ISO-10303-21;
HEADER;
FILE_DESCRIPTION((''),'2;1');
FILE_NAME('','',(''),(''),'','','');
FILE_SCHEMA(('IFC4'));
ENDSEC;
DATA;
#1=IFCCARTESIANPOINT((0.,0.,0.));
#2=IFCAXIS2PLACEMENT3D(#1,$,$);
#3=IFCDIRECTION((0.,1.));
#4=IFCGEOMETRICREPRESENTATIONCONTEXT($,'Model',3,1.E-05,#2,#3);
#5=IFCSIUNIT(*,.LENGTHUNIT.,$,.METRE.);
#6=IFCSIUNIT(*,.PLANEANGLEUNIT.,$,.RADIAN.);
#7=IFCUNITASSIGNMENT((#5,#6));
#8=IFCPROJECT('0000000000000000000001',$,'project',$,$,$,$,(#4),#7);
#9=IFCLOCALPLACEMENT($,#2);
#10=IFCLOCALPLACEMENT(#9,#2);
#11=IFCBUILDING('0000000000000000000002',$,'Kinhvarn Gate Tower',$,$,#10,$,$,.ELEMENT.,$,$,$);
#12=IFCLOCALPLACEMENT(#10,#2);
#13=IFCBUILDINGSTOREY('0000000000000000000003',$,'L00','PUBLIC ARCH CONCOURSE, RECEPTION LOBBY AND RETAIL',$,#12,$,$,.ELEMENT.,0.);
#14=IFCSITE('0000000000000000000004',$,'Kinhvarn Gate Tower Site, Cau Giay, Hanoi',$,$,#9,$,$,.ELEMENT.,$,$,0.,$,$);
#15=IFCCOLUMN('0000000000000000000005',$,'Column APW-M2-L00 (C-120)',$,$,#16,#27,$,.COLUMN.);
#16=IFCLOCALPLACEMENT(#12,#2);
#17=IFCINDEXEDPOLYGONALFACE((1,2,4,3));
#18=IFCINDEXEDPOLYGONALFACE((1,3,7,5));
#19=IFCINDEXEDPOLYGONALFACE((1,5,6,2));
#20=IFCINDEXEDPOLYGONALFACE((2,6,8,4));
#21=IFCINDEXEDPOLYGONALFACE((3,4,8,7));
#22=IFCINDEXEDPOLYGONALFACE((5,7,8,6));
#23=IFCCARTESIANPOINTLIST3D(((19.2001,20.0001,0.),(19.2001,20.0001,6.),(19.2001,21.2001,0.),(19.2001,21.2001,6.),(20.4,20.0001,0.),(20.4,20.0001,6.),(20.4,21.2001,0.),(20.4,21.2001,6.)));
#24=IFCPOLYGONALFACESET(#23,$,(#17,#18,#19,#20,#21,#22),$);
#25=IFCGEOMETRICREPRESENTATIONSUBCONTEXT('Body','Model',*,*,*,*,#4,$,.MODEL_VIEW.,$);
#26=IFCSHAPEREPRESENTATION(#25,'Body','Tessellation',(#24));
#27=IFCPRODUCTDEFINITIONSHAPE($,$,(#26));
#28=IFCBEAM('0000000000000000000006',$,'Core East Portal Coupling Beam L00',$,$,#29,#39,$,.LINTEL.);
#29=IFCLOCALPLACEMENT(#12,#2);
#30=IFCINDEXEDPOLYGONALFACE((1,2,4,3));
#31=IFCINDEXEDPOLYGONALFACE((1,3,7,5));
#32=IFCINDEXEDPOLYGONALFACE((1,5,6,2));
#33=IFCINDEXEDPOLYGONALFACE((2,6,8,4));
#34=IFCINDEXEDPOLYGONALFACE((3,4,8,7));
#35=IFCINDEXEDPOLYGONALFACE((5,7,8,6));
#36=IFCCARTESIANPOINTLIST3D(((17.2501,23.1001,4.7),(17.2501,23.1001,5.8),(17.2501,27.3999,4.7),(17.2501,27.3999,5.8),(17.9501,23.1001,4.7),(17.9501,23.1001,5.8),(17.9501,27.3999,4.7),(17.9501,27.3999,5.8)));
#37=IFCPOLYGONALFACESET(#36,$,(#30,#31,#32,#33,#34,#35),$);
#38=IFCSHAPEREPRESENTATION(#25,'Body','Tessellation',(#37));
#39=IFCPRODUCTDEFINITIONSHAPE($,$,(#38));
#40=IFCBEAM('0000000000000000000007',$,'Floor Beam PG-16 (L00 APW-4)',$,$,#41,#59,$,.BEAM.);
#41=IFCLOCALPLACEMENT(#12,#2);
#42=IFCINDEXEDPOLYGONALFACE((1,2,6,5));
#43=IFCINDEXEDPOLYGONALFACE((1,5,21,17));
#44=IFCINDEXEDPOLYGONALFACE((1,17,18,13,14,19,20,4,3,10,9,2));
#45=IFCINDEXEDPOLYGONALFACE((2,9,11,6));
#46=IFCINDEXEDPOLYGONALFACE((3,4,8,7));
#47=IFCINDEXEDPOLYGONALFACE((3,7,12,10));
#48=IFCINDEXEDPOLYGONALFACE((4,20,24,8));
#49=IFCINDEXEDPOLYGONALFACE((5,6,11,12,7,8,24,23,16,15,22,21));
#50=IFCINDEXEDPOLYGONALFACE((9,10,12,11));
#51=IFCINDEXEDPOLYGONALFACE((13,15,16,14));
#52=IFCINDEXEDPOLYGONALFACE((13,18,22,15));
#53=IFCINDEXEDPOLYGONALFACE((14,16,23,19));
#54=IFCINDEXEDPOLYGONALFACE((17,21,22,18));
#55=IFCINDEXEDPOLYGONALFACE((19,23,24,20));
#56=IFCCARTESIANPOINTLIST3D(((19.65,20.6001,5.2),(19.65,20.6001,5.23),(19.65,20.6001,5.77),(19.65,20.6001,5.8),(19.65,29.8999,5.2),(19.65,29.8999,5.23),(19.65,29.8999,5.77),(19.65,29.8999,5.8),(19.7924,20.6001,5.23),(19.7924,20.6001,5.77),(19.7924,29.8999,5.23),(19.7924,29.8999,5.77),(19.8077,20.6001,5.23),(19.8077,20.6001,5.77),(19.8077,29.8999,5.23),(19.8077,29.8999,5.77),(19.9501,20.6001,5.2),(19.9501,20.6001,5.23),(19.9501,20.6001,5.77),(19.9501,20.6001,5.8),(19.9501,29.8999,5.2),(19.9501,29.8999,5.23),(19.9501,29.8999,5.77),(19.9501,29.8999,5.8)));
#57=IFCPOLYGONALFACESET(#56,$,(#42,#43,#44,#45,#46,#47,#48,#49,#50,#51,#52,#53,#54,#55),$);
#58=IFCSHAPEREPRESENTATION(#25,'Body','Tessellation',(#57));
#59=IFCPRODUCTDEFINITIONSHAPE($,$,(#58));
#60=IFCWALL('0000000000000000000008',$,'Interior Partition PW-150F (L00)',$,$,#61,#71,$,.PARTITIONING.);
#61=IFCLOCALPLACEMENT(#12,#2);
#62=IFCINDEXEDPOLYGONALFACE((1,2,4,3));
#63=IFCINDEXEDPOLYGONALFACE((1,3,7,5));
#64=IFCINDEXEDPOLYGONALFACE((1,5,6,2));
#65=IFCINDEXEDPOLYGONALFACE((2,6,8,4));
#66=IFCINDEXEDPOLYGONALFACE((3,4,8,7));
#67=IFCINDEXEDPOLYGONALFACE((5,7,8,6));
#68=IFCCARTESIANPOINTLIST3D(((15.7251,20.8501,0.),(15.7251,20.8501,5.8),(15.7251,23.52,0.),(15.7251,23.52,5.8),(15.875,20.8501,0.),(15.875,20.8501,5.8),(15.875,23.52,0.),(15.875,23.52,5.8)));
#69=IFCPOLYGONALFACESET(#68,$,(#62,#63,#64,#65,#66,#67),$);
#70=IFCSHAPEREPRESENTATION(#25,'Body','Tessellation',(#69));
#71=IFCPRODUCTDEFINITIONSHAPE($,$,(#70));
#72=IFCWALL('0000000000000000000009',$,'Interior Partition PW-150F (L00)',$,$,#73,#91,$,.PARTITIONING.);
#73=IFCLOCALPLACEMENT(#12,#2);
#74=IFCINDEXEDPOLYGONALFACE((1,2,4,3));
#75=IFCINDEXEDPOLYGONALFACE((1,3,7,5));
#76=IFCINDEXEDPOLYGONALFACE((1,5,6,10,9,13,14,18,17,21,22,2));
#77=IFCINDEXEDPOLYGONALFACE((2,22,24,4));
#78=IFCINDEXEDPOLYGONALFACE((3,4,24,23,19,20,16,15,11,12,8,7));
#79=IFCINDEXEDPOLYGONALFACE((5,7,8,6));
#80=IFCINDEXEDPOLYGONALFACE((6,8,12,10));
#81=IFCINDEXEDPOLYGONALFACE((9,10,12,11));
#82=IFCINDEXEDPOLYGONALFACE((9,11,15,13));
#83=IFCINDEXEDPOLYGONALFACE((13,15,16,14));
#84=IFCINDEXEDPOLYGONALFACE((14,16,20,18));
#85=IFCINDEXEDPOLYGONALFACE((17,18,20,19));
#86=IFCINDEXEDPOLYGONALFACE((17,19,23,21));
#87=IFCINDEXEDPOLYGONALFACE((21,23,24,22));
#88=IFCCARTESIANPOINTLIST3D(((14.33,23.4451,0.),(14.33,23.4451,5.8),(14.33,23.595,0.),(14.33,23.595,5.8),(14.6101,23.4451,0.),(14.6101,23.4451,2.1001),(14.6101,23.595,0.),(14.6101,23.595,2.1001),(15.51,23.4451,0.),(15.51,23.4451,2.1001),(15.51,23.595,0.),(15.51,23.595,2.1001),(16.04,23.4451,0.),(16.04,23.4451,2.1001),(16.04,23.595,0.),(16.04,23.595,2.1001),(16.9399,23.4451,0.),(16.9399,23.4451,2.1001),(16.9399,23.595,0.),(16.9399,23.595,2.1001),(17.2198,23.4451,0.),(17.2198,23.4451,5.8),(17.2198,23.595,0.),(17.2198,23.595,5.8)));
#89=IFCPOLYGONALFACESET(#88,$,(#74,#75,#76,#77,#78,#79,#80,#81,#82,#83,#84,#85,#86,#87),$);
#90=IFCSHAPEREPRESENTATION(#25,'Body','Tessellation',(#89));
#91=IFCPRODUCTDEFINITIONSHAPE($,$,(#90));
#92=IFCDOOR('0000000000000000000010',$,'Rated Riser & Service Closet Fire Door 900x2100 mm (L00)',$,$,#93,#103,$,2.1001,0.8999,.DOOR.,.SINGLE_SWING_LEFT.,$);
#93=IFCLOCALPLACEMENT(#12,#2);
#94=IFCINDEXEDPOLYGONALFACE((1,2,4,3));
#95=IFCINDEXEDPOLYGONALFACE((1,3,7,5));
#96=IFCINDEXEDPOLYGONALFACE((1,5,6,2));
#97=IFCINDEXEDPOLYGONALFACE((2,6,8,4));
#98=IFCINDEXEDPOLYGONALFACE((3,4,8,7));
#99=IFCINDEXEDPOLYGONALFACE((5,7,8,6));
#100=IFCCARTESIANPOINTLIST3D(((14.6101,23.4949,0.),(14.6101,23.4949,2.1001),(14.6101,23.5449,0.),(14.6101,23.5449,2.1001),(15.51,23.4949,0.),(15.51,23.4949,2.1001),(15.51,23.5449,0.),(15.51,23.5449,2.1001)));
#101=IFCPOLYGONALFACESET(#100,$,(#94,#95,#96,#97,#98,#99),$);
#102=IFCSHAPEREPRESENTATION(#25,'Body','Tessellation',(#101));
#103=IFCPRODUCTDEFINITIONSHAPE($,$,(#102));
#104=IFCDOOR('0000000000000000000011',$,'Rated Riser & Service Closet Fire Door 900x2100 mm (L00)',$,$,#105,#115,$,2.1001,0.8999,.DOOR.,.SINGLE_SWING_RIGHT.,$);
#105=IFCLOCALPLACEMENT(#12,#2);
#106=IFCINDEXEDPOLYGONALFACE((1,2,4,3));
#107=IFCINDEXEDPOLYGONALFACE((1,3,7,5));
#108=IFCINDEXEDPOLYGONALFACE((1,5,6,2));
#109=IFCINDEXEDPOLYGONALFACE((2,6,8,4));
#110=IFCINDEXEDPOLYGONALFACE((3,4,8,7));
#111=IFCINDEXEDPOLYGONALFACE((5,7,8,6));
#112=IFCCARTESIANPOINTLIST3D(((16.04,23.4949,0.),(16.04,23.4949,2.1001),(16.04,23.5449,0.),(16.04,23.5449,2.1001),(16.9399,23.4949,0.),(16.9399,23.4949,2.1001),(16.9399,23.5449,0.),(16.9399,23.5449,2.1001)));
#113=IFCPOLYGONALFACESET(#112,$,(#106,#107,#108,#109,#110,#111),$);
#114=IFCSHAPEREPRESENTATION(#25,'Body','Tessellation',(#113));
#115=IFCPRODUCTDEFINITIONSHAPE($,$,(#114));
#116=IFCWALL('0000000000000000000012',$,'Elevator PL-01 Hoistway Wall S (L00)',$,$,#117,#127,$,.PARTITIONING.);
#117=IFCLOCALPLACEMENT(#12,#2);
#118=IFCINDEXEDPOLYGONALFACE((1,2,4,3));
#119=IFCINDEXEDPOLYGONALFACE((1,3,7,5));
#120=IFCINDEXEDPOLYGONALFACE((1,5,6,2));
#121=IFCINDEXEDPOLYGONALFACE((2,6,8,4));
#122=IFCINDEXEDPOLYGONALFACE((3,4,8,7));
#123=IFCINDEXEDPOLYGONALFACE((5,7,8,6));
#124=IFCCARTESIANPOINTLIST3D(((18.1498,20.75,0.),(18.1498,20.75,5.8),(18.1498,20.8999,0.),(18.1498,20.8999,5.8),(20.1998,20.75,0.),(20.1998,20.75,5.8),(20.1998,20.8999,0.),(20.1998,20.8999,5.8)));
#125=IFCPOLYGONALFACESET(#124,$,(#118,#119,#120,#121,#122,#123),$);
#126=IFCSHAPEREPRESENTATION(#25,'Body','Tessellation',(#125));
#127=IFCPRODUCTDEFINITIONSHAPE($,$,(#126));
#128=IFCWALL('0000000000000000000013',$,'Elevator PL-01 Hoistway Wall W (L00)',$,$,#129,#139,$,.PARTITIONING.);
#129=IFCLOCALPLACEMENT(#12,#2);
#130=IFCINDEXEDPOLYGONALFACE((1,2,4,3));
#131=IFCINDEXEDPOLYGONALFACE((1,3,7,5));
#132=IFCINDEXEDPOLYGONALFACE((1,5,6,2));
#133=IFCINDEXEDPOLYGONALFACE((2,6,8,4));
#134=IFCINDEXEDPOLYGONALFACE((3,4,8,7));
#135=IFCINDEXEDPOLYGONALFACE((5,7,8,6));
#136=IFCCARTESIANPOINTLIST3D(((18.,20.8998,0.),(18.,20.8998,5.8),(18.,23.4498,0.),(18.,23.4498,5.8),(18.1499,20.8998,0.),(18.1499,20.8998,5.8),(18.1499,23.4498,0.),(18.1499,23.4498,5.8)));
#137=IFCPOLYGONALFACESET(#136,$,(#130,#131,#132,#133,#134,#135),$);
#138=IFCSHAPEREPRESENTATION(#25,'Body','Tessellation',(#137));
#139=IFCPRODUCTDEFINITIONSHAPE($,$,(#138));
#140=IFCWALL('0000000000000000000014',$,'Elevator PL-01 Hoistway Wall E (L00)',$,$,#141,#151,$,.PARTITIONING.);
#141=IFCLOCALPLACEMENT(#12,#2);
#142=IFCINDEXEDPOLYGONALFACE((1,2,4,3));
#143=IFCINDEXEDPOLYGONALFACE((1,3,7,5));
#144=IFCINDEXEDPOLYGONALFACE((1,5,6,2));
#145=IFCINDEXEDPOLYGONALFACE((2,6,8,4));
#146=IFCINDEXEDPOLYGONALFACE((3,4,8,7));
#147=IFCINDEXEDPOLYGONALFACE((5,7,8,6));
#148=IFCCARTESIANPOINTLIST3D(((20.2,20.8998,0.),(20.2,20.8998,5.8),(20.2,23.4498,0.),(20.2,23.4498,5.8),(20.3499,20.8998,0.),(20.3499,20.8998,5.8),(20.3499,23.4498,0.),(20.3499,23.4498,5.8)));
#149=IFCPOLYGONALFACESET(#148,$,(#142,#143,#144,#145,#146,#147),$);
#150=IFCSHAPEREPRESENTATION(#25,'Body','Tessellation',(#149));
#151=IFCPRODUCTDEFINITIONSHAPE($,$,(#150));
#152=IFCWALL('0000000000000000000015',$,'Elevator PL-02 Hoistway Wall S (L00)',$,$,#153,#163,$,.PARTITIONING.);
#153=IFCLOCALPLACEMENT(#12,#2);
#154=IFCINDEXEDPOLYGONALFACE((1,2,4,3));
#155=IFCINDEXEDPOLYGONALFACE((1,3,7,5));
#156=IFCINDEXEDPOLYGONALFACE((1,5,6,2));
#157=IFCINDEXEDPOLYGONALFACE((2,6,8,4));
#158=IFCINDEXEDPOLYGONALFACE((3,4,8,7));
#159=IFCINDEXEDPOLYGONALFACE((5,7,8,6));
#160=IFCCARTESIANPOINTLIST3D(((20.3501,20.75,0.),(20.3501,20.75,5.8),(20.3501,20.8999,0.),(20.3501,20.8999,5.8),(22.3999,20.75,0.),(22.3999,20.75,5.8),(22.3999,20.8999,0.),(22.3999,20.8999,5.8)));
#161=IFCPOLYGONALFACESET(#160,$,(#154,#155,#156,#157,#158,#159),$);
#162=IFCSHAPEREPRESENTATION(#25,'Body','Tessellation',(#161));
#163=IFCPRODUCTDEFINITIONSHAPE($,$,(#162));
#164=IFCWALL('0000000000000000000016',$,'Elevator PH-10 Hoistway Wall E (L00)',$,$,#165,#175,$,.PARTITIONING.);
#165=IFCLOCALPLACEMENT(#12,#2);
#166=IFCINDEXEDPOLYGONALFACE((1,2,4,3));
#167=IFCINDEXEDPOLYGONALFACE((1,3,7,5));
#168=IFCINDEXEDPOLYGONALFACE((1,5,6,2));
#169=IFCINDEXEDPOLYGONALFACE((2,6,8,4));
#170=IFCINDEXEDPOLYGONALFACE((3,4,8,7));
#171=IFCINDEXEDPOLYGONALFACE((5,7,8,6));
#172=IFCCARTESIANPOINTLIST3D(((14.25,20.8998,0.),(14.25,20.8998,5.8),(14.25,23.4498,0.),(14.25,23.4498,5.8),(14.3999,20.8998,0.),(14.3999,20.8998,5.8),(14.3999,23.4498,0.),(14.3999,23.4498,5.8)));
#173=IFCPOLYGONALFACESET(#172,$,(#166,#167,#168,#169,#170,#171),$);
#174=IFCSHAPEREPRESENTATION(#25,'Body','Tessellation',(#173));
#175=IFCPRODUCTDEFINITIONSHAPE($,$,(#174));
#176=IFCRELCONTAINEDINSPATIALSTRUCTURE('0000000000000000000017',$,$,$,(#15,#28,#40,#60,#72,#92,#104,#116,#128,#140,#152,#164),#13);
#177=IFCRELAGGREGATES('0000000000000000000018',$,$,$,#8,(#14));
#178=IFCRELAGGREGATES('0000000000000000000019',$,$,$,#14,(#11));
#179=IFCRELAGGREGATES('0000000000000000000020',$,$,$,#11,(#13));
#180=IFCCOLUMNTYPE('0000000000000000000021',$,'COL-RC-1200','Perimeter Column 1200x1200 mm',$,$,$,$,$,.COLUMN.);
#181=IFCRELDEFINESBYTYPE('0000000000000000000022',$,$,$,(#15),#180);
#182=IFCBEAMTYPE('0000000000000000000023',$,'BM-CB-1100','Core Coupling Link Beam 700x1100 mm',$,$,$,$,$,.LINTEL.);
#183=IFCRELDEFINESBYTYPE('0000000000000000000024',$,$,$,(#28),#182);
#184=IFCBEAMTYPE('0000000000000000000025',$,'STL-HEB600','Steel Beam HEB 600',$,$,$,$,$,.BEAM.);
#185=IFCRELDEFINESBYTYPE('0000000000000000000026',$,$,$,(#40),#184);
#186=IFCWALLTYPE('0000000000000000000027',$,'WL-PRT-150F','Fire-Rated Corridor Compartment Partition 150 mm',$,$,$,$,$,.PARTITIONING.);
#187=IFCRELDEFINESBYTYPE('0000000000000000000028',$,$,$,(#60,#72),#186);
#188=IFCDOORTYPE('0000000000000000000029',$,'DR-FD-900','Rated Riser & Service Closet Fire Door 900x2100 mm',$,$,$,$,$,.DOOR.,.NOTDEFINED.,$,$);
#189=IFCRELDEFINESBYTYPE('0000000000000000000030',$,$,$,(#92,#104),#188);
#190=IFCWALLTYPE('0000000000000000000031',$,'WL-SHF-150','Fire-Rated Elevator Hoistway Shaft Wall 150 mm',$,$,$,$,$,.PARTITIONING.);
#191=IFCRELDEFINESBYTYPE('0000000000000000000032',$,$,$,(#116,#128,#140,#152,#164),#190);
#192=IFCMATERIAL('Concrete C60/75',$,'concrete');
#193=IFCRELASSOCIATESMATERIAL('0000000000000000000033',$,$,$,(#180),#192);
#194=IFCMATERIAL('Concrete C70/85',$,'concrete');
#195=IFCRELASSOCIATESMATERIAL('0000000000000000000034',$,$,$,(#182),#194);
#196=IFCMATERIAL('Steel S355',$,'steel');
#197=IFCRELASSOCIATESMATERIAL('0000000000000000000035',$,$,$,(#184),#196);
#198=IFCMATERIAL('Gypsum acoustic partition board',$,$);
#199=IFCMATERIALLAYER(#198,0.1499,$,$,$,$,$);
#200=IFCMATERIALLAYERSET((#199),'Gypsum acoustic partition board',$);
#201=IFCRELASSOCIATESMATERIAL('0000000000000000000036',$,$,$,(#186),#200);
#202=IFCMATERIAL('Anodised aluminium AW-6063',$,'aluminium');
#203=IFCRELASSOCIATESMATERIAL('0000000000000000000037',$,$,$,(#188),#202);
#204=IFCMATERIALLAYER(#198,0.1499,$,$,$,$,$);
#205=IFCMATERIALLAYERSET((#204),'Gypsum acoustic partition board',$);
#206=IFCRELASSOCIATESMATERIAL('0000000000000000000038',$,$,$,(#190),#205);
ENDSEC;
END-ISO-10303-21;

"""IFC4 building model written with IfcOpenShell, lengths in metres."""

from ifc_helpers import new_model, si_unit, direction, frame, frame_2d, origin, origin_2d, place, context, subcontext, project, spatial, rectangle, i_section, extrude, material, layer, layer_set, material_profile, profile_set, type_object, element, fill, save


model = new_model("IFC4")

# Units and contexts
model_context = context("Model", 3, precision=1e-05, world=origin(), true_north=direction((0.0, 1.0)))
body_context = subcontext(model_context, "Body", "Model", "MODEL_VIEW")
ifc_project = project(units=[si_unit("LENGTHUNIT", "METRE"), si_unit("PLANEANGLEUNIT", "RADIAN")], contexts=[model_context])

# Site, building, storey
site_placement = place(None, origin())
site = spatial("IfcSite", under=ifc_project, at=site_placement, Name="Kinhvarn Gate Tower Site, Cau Giay, Hanoi", CompositionType="ELEMENT", RefElevation=0.0)
building_placement = place(site_placement, origin())
building = spatial("IfcBuilding", under=site, at=building_placement, Name="Kinhvarn Gate Tower", CompositionType="ELEMENT")
storey_placement = place(building_placement, origin())
storey = spatial("IfcBuildingStorey", under=building, at=storey_placement, Name="L00", Description="PUBLIC ARCH CONCOURSE, RECEPTION LOBBY AND RETAIL", CompositionType="ELEMENT", Elevation=0.0)

# Column
ifc_material_1 = material(Name="Concrete C60/75", Category="concrete")
ifc_material_profile_1 = material_profile(ifc_material_1, rectangle(XDim=1.2, YDim=1.2, at=origin_2d()), Name="RC 1200x1200")
ifc_profile_set_1 = profile_set([ifc_material_profile_1], Name="Concrete C60/75")
column_type = type_object("IfcColumnType", Name="COL-RC-1200", Description="Perimeter Column 1200x1200 mm", PredefinedType="COLUMN", material=ifc_profile_set_1)
column_placement = place(storey_placement, frame((19.8, 20.6001, 0.0), z_axis=(0.0, 0.0, 1.0), x_axis=(1.0, 0.0, 0.0)))
element("IfcColumn", 1, at=column_placement, inside=storey, type_object=column_type, Name="Column APW-M2-L00 (C-120)", PredefinedType="COLUMN", context=body_context, shape_type="SweptSolid", body=[
    extrude(rectangle(XDim=1.2, YDim=1.2, at=origin_2d()), origin(), (0.0, 0.0, 1.0), 6.0),
])

# Beams
ifc_material_2 = material(Name="Concrete C70/85", Category="concrete")
ifc_material_profile_2 = material_profile(ifc_material_2, rectangle(XDim=0.7, YDim=1.1001, at=origin_2d()), Name="RC 700x1100")
ifc_profile_set_2 = profile_set([ifc_material_profile_2], Name="Concrete C70/85")
beam_type_1 = type_object("IfcBeamType", Name="BM-CB-1100", Description="Core Coupling Link Beam 700x1100 mm", PredefinedType="LINTEL", material=ifc_profile_set_2)
beam_1_placement = place(storey_placement, frame((17.6001, 23.1001, 5.25), z_axis=(0.0, 1.0, 0.0), x_axis=(-1.0, 0.0, 0.0)))
element("IfcBeam", 2, at=beam_1_placement, inside=storey, type_object=beam_type_1, Name="Core East Portal Coupling Beam L00", PredefinedType="LINTEL", context=body_context, shape_type="SweptSolid", body=[
    extrude(rectangle(XDim=0.7, YDim=1.1001, at=origin_2d()), origin(), (0.0, 0.0, 1.0), 4.2998),
])
ifc_material_3 = material(Name="Steel S355", Category="steel")
ifc_material_profile_3 = material_profile(ifc_material_3, i_section(OverallWidth=0.3, OverallDepth=0.6001, WebThickness=0.0154, FlangeThickness=0.03, at=origin_2d()), Name="HEB 600")
ifc_profile_set_3 = profile_set([ifc_material_profile_3], Name="Steel S355")
beam_type_2 = type_object("IfcBeamType", Name="STL-HEB600", Description="Steel Beam HEB 600", PredefinedType="BEAM", material=ifc_profile_set_3)
beam_2_placement = place(storey_placement, frame((19.8, 20.6001, 5.5), z_axis=(0.0, 1.0, 0.0), x_axis=(-1.0, 0.0, 0.0)))
element("IfcBeam", 3, at=beam_2_placement, inside=storey, type_object=beam_type_2, Name="Floor Beam PG-16 (L00 APW-4)", PredefinedType="BEAM", context=body_context, shape_type="SweptSolid", body=[
    extrude(i_section(OverallWidth=0.3, OverallDepth=0.6001, WebThickness=0.0154, FlangeThickness=0.03, at=origin_2d()), origin(), (0.0, 0.0, 1.0), 9.2998),
])

# Wall
ifc_material_4 = material(Name="Gypsum acoustic partition board")
ifc_layer_1 = layer(ifc_material_4, 0.1499)
ifc_layer_set_1 = layer_set([ifc_layer_1], Name="Gypsum acoustic partition board")
wall_type_1 = type_object("IfcWallType", Name="WL-PRT-150F", Description="Fire-Rated Corridor Compartment Partition 150 mm", PredefinedType="PARTITIONING", material=ifc_layer_set_1)
wall_1_placement = place(storey_placement, frame((15.8, 20.8501, 0.0), z_axis=(0.0, 0.0, 1.0), x_axis=(0.0, 1.0, 0.0)))
element("IfcWall", 4, at=wall_1_placement, inside=storey, type_object=wall_type_1, Name="Interior Partition PW-150F (L00)", PredefinedType="PARTITIONING", context=body_context, shape_type="SweptSolid", body=[
    extrude(rectangle(XDim=2.6699, YDim=0.1499, at=frame_2d((1.335, 0.0))), origin(), (0.0, 0.0, 1.0), 5.8),
])

# Wall, openings, doors
wall_2_placement = place(storey_placement, frame((14.3301, 23.52, 0.0), z_axis=(0.0, 0.0, 1.0), x_axis=(1.0, 0.0, 0.0)))
wall_2 = element("IfcWall", 5, at=wall_2_placement, inside=storey, type_object=wall_type_1, Name="Interior Partition PW-150F (L00)", PredefinedType="PARTITIONING", context=body_context, shape_type="SweptSolid", body=[
    extrude(rectangle(XDim=2.8899, YDim=0.1499, at=frame_2d((1.4448, 0.0))), origin(), (0.0, 0.0, 1.0), 5.8),
])
opening_1_placement = place(wall_2_placement, frame((0.28, 0.0, 0.0)))
opening_1 = element("IfcOpeningElement", 6, at=opening_1_placement, cuts=wall_2, PredefinedType="OPENING", context=body_context, shape_type="SweptSolid", body=[
    extrude(rectangle(XDim=0.8999, YDim=2.1001, at=frame_2d((0.45, 1.05))), frame((0.0, 0.085, 0.0), z_axis=(0.0, -1.0, 0.0), x_axis=(1.0, 0.0, 0.0)), (0.0, 0.0, 1.0), 0.1699),
])
opening_2_placement = place(wall_2_placement, frame((1.71, 0.0, 0.0)))
opening_2 = element("IfcOpeningElement", 7, at=opening_2_placement, cuts=wall_2, PredefinedType="OPENING", context=body_context, shape_type="SweptSolid", body=[
    extrude(rectangle(XDim=0.8999, YDim=2.1001, at=frame_2d((0.45, 1.05))), frame((0.0, 0.085, 0.0), z_axis=(0.0, -1.0, 0.0), x_axis=(1.0, 0.0, 0.0)), (0.0, 0.0, 1.0), 0.1699),
])
ifc_material_5 = material(Name="Anodised aluminium AW-6063", Category="aluminium")
door_type_1 = type_object("IfcDoorType", Name="DR-FD-900", Description="Rated Riser & Service Closet Fire Door 900x2100 mm", OperationType="NOTDEFINED", PredefinedType="DOOR", material=ifc_material_5)
door_1_placement = place(opening_1_placement, origin())
door_1 = element("IfcDoor", 8, at=door_1_placement, inside=storey, type_object=door_type_1, Name="Rated Riser & Service Closet Fire Door 900x2100 mm (L00)", OperationType="SINGLE_SWING_LEFT", OverallHeight=2.1001, OverallWidth=0.8999, PredefinedType="DOOR", context=body_context, shape_type="SweptSolid", body=[
    extrude(rectangle(XDim=0.8999, YDim=2.1001, at=frame_2d((0.45, 1.05))), frame((0.0, 0.0249, 0.0), z_axis=(0.0, -1.0, 0.0), x_axis=(1.0, 0.0, 0.0)), (0.0, 0.0, 1.0), 0.05),
])
fill(opening_1, door_1)
door_2_placement = place(opening_2_placement, origin())
door_2 = element("IfcDoor", 9, at=door_2_placement, inside=storey, type_object=door_type_1, Name="Rated Riser & Service Closet Fire Door 900x2100 mm (L00)", OperationType="SINGLE_SWING_RIGHT", OverallHeight=2.1001, OverallWidth=0.8999, PredefinedType="DOOR", context=body_context, shape_type="SweptSolid", body=[
    extrude(rectangle(XDim=0.8999, YDim=2.1001, at=frame_2d((0.45, 1.05))), frame((0.0, 0.0249, 0.0), z_axis=(0.0, -1.0, 0.0), x_axis=(1.0, 0.0, 0.0)), (0.0, 0.0, 1.0), 0.05),
])
fill(opening_2, door_2)

# Walls
ifc_layer_2 = layer(ifc_material_4, 0.1499)
ifc_layer_set_2 = layer_set([ifc_layer_2], Name="Gypsum acoustic partition board")
wall_type_2 = type_object("IfcWallType", Name="WL-SHF-150", Description="Fire-Rated Elevator Hoistway Shaft Wall 150 mm", PredefinedType="PARTITIONING", material=ifc_layer_set_2)
wall_3_placement = place(storey_placement, frame((18.1499, 20.825, 0.0), z_axis=(0.0, 0.0, 1.0), x_axis=(1.0, 0.0, 0.0)))
element("IfcWall", 10, at=wall_3_placement, inside=storey, type_object=wall_type_2, Name="Elevator PL-01 Hoistway Wall S (L00)", PredefinedType="PARTITIONING", context=body_context, shape_type="SweptSolid", body=[
    extrude(rectangle(XDim=2.05, YDim=0.1499, at=frame_2d((1.0249, 0.0))), origin(), (0.0, 0.0, 1.0), 5.8),
])
for number, where, z_axis, x_axis, name in (
    (11, (18.075, 20.8999, 0.0), (0.0, 0.0, 1.0), (0.0, 1.0, 0.0), "Elevator PL-01 Hoistway Wall W (L00)"),
    (12, (20.2749, 20.8999, 0.0), (0.0, 0.0, 1.0), (0.0, 1.0, 0.0), "Elevator PL-01 Hoistway Wall E (L00)"),
):
    element("IfcWall", number, at=place(storey_placement, frame(where, z_axis=z_axis, x_axis=x_axis)), inside=storey, type_object=wall_type_2, Name=name, PredefinedType="PARTITIONING", context=body_context, shape_type="SweptSolid", body=[
        extrude(rectangle(XDim=2.55, YDim=0.1499, at=frame_2d((1.2749, 0.0))), origin(), (0.0, 0.0, 1.0), 5.8),
    ])
wall_4_placement = place(storey_placement, frame((20.3501, 20.825, 0.0), z_axis=(0.0, 0.0, 1.0), x_axis=(1.0, 0.0, 0.0)))
element("IfcWall", 13, at=wall_4_placement, inside=storey, type_object=wall_type_2, Name="Elevator PL-02 Hoistway Wall S (L00)", PredefinedType="PARTITIONING", context=body_context, shape_type="SweptSolid", body=[
    extrude(rectangle(XDim=2.0498, YDim=0.1499, at=frame_2d((1.0249, 0.0))), origin(), (0.0, 0.0, 1.0), 5.8),
])
wall_5_placement = place(storey_placement, frame((14.325, 20.8999, 0.0), z_axis=(0.0, 0.0, 1.0), x_axis=(0.0, 1.0, 0.0)))
element("IfcWall", 14, at=wall_5_placement, inside=storey, type_object=wall_type_2, Name="Elevator PH-10 Hoistway Wall E (L00)", PredefinedType="PARTITIONING", context=body_context, shape_type="SweptSolid", body=[
    extrude(rectangle(XDim=2.55, YDim=0.1499, at=frame_2d((1.2749, 0.0))), origin(), (0.0, 0.0, 1.0), 5.8),
])

save(model, "model.ifc")
